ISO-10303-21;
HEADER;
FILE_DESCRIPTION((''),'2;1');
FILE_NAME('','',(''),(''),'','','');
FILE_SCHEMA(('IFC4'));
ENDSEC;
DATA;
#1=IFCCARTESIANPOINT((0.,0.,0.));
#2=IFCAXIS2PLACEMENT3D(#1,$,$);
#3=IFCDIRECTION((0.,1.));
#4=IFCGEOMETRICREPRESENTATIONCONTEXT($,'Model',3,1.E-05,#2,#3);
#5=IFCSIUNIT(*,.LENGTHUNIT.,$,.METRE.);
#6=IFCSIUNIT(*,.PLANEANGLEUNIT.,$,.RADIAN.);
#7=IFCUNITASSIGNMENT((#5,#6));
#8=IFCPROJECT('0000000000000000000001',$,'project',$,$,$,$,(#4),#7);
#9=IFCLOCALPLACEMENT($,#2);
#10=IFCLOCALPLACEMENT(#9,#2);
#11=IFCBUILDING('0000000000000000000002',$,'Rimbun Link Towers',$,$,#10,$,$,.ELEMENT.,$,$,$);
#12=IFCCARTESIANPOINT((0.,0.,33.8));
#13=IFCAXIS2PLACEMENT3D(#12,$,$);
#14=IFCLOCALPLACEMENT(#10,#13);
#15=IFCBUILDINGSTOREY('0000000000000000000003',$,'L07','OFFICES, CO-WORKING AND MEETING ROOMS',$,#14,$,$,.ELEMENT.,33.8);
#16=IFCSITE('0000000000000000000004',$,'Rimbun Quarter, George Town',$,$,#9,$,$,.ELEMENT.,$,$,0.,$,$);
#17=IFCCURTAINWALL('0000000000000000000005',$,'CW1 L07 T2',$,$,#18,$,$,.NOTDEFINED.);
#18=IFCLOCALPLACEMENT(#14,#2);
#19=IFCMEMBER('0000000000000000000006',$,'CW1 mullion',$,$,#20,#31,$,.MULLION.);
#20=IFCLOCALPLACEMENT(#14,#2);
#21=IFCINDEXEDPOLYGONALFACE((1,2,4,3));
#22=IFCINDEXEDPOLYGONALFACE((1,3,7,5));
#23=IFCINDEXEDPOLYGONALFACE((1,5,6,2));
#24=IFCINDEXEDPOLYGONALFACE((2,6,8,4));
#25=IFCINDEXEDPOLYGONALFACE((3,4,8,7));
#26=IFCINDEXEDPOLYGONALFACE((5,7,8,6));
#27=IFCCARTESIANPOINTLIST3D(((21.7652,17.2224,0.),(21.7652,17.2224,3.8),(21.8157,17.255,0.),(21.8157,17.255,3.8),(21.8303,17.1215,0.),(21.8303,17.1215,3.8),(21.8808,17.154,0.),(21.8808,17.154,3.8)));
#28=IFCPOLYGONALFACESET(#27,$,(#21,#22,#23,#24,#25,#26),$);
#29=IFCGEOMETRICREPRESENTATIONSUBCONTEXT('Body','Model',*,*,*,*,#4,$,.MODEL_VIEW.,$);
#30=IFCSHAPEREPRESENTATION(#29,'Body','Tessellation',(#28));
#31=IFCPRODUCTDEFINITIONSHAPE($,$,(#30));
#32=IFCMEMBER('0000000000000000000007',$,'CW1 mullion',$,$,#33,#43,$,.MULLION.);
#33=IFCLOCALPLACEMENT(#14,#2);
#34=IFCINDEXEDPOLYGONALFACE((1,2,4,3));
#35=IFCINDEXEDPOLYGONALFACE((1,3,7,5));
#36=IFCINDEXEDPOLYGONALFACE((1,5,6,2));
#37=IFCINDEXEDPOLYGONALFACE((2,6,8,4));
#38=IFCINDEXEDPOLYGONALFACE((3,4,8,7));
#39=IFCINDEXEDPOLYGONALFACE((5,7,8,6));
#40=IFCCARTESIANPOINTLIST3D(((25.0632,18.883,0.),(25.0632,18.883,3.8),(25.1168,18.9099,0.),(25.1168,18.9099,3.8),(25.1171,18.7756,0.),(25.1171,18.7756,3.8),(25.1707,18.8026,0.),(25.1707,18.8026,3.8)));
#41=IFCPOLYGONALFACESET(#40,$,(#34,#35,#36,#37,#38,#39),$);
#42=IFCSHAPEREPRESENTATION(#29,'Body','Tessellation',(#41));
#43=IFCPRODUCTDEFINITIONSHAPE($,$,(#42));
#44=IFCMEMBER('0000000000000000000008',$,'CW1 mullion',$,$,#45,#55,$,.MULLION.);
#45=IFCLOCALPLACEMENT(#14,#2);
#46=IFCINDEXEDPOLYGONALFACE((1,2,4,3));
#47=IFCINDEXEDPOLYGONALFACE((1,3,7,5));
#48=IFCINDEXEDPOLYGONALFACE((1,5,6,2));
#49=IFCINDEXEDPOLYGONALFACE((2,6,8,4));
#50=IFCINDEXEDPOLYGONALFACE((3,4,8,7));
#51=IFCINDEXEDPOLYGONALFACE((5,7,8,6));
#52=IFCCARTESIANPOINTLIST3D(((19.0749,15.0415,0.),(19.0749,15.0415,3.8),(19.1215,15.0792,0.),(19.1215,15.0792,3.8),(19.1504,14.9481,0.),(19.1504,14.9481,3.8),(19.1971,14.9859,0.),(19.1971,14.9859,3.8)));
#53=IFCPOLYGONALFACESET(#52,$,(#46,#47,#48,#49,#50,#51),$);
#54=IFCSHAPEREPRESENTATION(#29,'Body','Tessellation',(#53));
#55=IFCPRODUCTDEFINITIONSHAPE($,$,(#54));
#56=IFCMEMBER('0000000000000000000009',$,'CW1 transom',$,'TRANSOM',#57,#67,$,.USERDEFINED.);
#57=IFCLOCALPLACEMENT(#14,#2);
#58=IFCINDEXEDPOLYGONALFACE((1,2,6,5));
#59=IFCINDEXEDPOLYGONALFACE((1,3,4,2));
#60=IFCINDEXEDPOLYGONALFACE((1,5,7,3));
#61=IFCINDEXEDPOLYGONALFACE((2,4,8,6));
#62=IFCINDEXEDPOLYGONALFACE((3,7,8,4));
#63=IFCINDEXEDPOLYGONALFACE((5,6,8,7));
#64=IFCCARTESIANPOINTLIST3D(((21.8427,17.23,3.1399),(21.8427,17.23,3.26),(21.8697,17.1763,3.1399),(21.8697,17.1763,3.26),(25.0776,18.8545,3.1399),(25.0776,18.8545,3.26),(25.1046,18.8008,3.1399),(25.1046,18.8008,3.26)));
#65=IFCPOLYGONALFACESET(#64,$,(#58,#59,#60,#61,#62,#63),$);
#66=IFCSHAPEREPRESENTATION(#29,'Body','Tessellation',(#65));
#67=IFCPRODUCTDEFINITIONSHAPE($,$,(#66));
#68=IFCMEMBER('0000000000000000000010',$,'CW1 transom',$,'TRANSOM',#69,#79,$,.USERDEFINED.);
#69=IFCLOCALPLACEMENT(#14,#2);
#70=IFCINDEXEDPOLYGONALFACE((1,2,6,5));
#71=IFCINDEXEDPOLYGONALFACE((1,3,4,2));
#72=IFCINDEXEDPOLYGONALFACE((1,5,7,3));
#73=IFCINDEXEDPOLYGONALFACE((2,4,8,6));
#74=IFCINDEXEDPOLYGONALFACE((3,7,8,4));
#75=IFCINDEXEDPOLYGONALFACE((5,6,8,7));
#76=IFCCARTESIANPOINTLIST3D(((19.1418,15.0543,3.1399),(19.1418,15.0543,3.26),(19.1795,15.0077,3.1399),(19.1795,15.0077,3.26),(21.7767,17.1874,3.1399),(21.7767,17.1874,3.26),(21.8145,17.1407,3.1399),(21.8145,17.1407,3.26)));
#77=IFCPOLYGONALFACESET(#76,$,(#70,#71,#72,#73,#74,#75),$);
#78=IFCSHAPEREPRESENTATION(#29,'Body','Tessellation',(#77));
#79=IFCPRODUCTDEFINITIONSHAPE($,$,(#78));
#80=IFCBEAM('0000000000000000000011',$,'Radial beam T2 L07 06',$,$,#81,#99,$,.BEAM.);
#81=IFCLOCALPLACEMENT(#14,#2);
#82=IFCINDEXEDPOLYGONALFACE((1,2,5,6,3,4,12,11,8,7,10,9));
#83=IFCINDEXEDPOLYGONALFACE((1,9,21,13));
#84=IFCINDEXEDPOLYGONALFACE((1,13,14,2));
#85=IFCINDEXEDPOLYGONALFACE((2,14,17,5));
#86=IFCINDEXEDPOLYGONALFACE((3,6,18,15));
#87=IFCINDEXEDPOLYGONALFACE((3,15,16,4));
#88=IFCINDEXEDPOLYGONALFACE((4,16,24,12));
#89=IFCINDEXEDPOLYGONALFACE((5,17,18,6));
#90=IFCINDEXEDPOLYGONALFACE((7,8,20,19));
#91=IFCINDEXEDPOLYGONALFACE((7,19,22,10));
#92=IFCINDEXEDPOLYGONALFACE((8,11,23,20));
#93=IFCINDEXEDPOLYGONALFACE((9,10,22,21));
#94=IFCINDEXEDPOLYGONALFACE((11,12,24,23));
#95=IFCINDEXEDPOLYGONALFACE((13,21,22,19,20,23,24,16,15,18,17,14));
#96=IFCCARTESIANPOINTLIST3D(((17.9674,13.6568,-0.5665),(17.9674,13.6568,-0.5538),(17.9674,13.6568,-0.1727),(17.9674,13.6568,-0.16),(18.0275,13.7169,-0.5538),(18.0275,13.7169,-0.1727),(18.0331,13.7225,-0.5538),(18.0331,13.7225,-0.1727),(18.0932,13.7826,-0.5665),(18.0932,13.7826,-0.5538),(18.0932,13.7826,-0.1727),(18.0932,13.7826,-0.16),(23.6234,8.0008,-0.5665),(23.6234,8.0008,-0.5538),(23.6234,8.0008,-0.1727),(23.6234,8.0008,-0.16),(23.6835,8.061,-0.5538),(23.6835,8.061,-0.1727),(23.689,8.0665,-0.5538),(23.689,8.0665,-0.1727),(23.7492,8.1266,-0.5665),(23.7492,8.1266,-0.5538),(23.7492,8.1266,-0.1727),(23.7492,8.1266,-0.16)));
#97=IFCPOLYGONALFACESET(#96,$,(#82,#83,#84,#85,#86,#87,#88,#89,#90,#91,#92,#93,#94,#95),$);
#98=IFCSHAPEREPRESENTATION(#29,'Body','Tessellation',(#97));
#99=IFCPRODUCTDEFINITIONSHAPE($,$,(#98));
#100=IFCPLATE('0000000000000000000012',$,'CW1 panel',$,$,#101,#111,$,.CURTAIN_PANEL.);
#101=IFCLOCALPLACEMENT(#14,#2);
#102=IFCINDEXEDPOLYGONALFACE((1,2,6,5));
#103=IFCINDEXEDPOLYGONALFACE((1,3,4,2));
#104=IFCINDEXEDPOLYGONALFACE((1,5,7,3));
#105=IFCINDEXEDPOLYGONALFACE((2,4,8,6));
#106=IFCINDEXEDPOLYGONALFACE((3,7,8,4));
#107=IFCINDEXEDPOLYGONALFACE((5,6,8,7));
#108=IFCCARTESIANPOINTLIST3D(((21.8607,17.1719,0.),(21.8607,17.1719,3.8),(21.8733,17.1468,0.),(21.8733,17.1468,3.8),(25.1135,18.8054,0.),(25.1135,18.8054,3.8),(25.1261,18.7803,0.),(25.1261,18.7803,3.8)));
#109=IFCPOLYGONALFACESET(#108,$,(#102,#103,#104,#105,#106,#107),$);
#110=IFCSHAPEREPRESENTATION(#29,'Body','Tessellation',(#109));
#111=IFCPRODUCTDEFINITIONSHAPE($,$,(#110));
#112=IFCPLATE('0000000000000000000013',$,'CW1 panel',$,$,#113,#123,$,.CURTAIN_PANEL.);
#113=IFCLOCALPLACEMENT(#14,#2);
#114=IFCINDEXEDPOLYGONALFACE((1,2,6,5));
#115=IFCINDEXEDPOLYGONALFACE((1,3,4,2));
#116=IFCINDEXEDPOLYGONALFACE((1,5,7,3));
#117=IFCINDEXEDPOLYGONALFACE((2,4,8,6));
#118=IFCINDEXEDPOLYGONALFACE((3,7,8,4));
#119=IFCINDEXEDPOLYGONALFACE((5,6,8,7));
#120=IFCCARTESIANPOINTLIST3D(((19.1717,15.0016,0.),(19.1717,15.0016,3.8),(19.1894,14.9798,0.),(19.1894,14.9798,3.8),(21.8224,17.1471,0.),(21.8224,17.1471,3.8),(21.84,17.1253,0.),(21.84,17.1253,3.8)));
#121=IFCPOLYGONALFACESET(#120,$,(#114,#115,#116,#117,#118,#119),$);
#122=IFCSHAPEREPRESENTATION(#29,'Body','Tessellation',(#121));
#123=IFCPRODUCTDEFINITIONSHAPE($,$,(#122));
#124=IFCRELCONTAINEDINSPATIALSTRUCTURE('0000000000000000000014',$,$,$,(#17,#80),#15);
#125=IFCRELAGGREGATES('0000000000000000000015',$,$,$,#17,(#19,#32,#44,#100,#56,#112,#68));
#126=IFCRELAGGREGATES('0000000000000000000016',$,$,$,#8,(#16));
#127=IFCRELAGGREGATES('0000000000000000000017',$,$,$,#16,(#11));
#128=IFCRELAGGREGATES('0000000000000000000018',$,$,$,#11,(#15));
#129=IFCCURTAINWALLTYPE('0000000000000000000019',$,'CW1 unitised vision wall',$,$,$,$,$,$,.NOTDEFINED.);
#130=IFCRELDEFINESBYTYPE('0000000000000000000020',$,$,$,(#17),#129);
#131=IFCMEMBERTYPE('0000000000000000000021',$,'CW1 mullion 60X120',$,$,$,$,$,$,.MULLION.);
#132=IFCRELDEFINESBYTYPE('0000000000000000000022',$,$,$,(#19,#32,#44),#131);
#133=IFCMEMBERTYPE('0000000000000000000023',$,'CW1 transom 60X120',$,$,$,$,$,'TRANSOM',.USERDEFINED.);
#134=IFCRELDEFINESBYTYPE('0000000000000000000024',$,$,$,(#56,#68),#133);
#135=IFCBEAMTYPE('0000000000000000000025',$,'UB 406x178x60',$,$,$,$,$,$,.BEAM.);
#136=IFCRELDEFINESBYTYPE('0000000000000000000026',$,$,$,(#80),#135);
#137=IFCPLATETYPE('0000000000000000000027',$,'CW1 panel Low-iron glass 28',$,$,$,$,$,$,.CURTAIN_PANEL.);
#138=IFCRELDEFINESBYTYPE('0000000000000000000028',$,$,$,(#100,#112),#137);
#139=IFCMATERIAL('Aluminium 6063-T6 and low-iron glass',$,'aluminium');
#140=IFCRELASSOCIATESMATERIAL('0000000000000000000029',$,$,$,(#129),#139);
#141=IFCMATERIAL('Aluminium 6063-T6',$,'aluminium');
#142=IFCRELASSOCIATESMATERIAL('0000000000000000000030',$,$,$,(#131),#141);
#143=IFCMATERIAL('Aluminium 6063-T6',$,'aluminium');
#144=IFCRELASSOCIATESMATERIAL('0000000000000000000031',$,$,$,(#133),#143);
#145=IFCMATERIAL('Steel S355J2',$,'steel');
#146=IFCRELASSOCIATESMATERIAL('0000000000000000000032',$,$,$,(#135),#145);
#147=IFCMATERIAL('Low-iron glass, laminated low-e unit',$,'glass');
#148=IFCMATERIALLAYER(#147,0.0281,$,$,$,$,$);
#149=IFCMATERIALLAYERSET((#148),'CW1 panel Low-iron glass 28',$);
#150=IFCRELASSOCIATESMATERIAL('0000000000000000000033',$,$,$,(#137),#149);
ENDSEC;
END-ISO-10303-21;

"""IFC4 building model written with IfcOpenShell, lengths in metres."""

from ifc_helpers import new_model, si_unit, direction, frame, origin, origin_2d, place, context, subcontext, project, spatial, rectangle, i_section, extrude, material, layer, layer_set, material_profile, profile_set, type_object, element, aggregate, save


model = new_model("IFC4")

# Units and contexts
model_context = context("Model", 3, precision=1e-05, world=origin(), true_north=direction((0.0, 1.0)))
body_context = subcontext(model_context, "Body", "Model", "MODEL_VIEW")
ifc_project = project(units=[si_unit("LENGTHUNIT", "METRE"), si_unit("PLANEANGLEUNIT", "RADIAN")], contexts=[model_context])

# Site, building, storey
site_placement = place(None, origin())
site = spatial("IfcSite", under=ifc_project, at=site_placement, Name="Rimbun Quarter, George Town", CompositionType="ELEMENT", RefElevation=0.0)
building_placement = place(site_placement, origin())
building = spatial("IfcBuilding", under=site, at=building_placement, Name="Rimbun Link Towers", CompositionType="ELEMENT")
storey_placement = place(building_placement, frame((0.0, 0.0, 33.8)))
storey = spatial("IfcBuildingStorey", under=building, at=storey_placement, Name="L07", Description="OFFICES, CO-WORKING AND MEETING ROOMS", CompositionType="ELEMENT", Elevation=33.8)

# Curtain wall, members
ifc_material_1 = material(Name="Aluminium 6063-T6 and low-iron glass", Category="aluminium")
curtain_wall_type = type_object("IfcCurtainWallType", Name="CW1 unitised vision wall", PredefinedType="NOTDEFINED", material=ifc_material_1)
curtain_wall_placement = place(storey_placement, origin())
curtain_wall = element("IfcCurtainWall", 1, at=curtain_wall_placement, inside=storey, type_object=curtain_wall_type, Name="CW1 L07 T2", PredefinedType="NOTDEFINED")
ifc_material_2 = material(Name="Aluminium 6063-T6", Category="aluminium")
ifc_material_profile_1 = material_profile(ifc_material_2, rectangle(XDim=0.1201, YDim=0.0601, at=origin_2d()), Name="MULLION 60X120")
ifc_profile_set_1 = profile_set([ifc_material_profile_1], Name="Aluminium 6063-T6")
member_type_1 = type_object("IfcMemberType", Name="CW1 mullion 60X120", PredefinedType="MULLION", material=ifc_profile_set_1)
member_1_placement = place(storey_placement, frame((21.823, 17.1882, 0.0), z_axis=(0.0, 0.0, 1.0), x_axis=(-0.542093, 0.840318, 0.0)))
member_1 = element("IfcMember", 2, at=member_1_placement, type_object=member_type_1, Name="CW1 mullion", PredefinedType="MULLION", context=body_context, shape_type="SweptSolid", body=[
    extrude(rectangle(XDim=0.1201, YDim=0.0601, at=origin_2d()), origin(), (0.0, 0.0, 1.0), 3.8),
])
member_2_placement = place(storey_placement, frame((25.1169, 18.8428, 0.0), z_axis=(0.0, 0.0, 1.0), x_axis=(-0.448773, 0.893646, 0.0)))
member_2 = element("IfcMember", 3, at=member_2_placement, type_object=member_type_1, Name="CW1 mullion", PredefinedType="MULLION", context=body_context, shape_type="SweptSolid", body=[
    extrude(rectangle(XDim=0.1201, YDim=0.0601, at=origin_2d()), origin(), (0.0, 0.0, 1.0), 3.8),
])
member_3_placement = place(storey_placement, frame((19.136, 15.0137, 0.0), z_axis=(0.0, 0.0, 1.0), x_axis=(-0.629151, 0.777283, 0.0)))
member_3 = element("IfcMember", 4, at=member_3_placement, type_object=member_type_1, Name="CW1 mullion", PredefinedType="MULLION", context=body_context, shape_type="SweptSolid", body=[
    extrude(rectangle(XDim=0.1201, YDim=0.0601, at=origin_2d()), origin(), (0.0, 0.0, 1.0), 3.8),
])
ifc_material_3 = material(Name="Aluminium 6063-T6", Category="aluminium")
ifc_material_profile_2 = material_profile(ifc_material_3, rectangle(XDim=0.0601, YDim=0.1201, at=origin_2d()), Name="TRANSOM 60X120")
ifc_profile_set_2 = profile_set([ifc_material_profile_2], Name="Aluminium 6063-T6")
member_type_2 = type_object("IfcMemberType", Name="CW1 transom 60X120", ElementType="TRANSOM", PredefinedType="USERDEFINED", material=ifc_profile_set_2)
member_4_placement = place(storey_placement, frame((21.8562, 17.2031, 3.2), z_axis=(0.893643, 0.448778, 0.0), x_axis=(-0.448778, 0.893643, 0.0)))
member_4 = element("IfcMember", 5, at=member_4_placement, type_object=member_type_2, Name="CW1 transom", ObjectType="TRANSOM", PredefinedType="USERDEFINED", context=body_context, shape_type="SweptSolid", body=[
    extrude(rectangle(XDim=0.0601, YDim=0.1201, at=origin_2d()), origin(), (0.0, 0.0, 1.0), 3.6199),
])
member_5_placement = place(storey_placement, frame((19.1606, 15.031, 3.2), z_axis=(0.777252, 0.62919, 0.0), x_axis=(-0.62919, 0.777252, 0.0)))
member_5 = element("IfcMember", 6, at=member_5_placement, type_object=member_type_2, Name="CW1 transom", ObjectType="TRANSOM", PredefinedType="USERDEFINED", context=body_context, shape_type="SweptSolid", body=[
    extrude(rectangle(XDim=0.0601, YDim=0.1201, at=origin_2d()), origin(), (0.0, 0.0, 1.0), 3.3901),
])

# Beam
ifc_material_4 = material(Name="Steel S355J2", Category="steel")
ifc_material_profile_3 = material_profile(ifc_material_4, i_section(OverallWidth=0.178, OverallDepth=0.4065, WebThickness=0.0078, FlangeThickness=0.0127, at=origin_2d()), Name="UB 406x178x60")
ifc_profile_set_3 = profile_set([ifc_material_profile_3], Name="Steel S355J2")
beam_type = type_object("IfcBeamType", Name="UB 406x178x60", PredefinedType="BEAM", material=ifc_profile_set_3)
beam_placement = place(storey_placement, frame((23.6863, 8.0637, -0.3633), z_axis=(-0.707107, 0.707107, 0.0), x_axis=(-0.707107, -0.707107, 0.0)))
element("IfcBeam", 7, at=beam_placement, inside=storey, type_object=beam_type, Name="Radial beam T2 L07 06", PredefinedType="BEAM", context=body_context, shape_type="SweptSolid", body=[
    extrude(i_section(OverallWidth=0.178, OverallDepth=0.4065, WebThickness=0.0078, FlangeThickness=0.0127, at=origin_2d()), origin(), (0.0, 0.0, 1.0), 7.9988),
])

# Plates
ifc_material_5 = material(Name="Low-iron glass, laminated low-e unit", Category="glass")
ifc_layer_1 = layer(ifc_material_5, 0.0281)
ifc_layer_set_1 = layer_set([ifc_layer_1], Name="CW1 panel Low-iron glass 28")
plate_type = type_object("IfcPlateType", Name="CW1 panel Low-iron glass 28", PredefinedType="CURTAIN_PANEL", material=ifc_layer_set_1)
plate_1_placement = place(storey_placement, frame((23.4934, 17.9761, 0.0), z_axis=(0.0, 0.0, 1.0), x_axis=(0.893646, 0.448773, 0.0)))
plate_1 = element("IfcPlate", 8, at=plate_1_placement, type_object=plate_type, Name="CW1 panel", PredefinedType="CURTAIN_PANEL", context=body_context, shape_type="SweptSolid", body=[
    extrude(rectangle(XDim=3.6399, YDim=0.0281, at=origin_2d()), origin(), (0.0, 0.0, 1.0), 3.8),
])
plate_2_placement = place(storey_placement, frame((20.5059, 16.0635, 0.0), z_axis=(0.0, 0.0, 1.0), x_axis=(0.777283, 0.629151, 0.0)))
plate_2 = element("IfcPlate", 9, at=plate_2_placement, type_object=plate_type, Name="CW1 panel", PredefinedType="CURTAIN_PANEL", context=body_context, shape_type="SweptSolid", body=[
    extrude(rectangle(XDim=3.4102, YDim=0.0281, at=origin_2d()), origin(), (0.0, 0.0, 1.0), 3.8),
])
aggregate(curtain_wall, [member_1, member_2, member_3, plate_1, member_4, plate_2, member_5])

save(model, "model.ifc")
